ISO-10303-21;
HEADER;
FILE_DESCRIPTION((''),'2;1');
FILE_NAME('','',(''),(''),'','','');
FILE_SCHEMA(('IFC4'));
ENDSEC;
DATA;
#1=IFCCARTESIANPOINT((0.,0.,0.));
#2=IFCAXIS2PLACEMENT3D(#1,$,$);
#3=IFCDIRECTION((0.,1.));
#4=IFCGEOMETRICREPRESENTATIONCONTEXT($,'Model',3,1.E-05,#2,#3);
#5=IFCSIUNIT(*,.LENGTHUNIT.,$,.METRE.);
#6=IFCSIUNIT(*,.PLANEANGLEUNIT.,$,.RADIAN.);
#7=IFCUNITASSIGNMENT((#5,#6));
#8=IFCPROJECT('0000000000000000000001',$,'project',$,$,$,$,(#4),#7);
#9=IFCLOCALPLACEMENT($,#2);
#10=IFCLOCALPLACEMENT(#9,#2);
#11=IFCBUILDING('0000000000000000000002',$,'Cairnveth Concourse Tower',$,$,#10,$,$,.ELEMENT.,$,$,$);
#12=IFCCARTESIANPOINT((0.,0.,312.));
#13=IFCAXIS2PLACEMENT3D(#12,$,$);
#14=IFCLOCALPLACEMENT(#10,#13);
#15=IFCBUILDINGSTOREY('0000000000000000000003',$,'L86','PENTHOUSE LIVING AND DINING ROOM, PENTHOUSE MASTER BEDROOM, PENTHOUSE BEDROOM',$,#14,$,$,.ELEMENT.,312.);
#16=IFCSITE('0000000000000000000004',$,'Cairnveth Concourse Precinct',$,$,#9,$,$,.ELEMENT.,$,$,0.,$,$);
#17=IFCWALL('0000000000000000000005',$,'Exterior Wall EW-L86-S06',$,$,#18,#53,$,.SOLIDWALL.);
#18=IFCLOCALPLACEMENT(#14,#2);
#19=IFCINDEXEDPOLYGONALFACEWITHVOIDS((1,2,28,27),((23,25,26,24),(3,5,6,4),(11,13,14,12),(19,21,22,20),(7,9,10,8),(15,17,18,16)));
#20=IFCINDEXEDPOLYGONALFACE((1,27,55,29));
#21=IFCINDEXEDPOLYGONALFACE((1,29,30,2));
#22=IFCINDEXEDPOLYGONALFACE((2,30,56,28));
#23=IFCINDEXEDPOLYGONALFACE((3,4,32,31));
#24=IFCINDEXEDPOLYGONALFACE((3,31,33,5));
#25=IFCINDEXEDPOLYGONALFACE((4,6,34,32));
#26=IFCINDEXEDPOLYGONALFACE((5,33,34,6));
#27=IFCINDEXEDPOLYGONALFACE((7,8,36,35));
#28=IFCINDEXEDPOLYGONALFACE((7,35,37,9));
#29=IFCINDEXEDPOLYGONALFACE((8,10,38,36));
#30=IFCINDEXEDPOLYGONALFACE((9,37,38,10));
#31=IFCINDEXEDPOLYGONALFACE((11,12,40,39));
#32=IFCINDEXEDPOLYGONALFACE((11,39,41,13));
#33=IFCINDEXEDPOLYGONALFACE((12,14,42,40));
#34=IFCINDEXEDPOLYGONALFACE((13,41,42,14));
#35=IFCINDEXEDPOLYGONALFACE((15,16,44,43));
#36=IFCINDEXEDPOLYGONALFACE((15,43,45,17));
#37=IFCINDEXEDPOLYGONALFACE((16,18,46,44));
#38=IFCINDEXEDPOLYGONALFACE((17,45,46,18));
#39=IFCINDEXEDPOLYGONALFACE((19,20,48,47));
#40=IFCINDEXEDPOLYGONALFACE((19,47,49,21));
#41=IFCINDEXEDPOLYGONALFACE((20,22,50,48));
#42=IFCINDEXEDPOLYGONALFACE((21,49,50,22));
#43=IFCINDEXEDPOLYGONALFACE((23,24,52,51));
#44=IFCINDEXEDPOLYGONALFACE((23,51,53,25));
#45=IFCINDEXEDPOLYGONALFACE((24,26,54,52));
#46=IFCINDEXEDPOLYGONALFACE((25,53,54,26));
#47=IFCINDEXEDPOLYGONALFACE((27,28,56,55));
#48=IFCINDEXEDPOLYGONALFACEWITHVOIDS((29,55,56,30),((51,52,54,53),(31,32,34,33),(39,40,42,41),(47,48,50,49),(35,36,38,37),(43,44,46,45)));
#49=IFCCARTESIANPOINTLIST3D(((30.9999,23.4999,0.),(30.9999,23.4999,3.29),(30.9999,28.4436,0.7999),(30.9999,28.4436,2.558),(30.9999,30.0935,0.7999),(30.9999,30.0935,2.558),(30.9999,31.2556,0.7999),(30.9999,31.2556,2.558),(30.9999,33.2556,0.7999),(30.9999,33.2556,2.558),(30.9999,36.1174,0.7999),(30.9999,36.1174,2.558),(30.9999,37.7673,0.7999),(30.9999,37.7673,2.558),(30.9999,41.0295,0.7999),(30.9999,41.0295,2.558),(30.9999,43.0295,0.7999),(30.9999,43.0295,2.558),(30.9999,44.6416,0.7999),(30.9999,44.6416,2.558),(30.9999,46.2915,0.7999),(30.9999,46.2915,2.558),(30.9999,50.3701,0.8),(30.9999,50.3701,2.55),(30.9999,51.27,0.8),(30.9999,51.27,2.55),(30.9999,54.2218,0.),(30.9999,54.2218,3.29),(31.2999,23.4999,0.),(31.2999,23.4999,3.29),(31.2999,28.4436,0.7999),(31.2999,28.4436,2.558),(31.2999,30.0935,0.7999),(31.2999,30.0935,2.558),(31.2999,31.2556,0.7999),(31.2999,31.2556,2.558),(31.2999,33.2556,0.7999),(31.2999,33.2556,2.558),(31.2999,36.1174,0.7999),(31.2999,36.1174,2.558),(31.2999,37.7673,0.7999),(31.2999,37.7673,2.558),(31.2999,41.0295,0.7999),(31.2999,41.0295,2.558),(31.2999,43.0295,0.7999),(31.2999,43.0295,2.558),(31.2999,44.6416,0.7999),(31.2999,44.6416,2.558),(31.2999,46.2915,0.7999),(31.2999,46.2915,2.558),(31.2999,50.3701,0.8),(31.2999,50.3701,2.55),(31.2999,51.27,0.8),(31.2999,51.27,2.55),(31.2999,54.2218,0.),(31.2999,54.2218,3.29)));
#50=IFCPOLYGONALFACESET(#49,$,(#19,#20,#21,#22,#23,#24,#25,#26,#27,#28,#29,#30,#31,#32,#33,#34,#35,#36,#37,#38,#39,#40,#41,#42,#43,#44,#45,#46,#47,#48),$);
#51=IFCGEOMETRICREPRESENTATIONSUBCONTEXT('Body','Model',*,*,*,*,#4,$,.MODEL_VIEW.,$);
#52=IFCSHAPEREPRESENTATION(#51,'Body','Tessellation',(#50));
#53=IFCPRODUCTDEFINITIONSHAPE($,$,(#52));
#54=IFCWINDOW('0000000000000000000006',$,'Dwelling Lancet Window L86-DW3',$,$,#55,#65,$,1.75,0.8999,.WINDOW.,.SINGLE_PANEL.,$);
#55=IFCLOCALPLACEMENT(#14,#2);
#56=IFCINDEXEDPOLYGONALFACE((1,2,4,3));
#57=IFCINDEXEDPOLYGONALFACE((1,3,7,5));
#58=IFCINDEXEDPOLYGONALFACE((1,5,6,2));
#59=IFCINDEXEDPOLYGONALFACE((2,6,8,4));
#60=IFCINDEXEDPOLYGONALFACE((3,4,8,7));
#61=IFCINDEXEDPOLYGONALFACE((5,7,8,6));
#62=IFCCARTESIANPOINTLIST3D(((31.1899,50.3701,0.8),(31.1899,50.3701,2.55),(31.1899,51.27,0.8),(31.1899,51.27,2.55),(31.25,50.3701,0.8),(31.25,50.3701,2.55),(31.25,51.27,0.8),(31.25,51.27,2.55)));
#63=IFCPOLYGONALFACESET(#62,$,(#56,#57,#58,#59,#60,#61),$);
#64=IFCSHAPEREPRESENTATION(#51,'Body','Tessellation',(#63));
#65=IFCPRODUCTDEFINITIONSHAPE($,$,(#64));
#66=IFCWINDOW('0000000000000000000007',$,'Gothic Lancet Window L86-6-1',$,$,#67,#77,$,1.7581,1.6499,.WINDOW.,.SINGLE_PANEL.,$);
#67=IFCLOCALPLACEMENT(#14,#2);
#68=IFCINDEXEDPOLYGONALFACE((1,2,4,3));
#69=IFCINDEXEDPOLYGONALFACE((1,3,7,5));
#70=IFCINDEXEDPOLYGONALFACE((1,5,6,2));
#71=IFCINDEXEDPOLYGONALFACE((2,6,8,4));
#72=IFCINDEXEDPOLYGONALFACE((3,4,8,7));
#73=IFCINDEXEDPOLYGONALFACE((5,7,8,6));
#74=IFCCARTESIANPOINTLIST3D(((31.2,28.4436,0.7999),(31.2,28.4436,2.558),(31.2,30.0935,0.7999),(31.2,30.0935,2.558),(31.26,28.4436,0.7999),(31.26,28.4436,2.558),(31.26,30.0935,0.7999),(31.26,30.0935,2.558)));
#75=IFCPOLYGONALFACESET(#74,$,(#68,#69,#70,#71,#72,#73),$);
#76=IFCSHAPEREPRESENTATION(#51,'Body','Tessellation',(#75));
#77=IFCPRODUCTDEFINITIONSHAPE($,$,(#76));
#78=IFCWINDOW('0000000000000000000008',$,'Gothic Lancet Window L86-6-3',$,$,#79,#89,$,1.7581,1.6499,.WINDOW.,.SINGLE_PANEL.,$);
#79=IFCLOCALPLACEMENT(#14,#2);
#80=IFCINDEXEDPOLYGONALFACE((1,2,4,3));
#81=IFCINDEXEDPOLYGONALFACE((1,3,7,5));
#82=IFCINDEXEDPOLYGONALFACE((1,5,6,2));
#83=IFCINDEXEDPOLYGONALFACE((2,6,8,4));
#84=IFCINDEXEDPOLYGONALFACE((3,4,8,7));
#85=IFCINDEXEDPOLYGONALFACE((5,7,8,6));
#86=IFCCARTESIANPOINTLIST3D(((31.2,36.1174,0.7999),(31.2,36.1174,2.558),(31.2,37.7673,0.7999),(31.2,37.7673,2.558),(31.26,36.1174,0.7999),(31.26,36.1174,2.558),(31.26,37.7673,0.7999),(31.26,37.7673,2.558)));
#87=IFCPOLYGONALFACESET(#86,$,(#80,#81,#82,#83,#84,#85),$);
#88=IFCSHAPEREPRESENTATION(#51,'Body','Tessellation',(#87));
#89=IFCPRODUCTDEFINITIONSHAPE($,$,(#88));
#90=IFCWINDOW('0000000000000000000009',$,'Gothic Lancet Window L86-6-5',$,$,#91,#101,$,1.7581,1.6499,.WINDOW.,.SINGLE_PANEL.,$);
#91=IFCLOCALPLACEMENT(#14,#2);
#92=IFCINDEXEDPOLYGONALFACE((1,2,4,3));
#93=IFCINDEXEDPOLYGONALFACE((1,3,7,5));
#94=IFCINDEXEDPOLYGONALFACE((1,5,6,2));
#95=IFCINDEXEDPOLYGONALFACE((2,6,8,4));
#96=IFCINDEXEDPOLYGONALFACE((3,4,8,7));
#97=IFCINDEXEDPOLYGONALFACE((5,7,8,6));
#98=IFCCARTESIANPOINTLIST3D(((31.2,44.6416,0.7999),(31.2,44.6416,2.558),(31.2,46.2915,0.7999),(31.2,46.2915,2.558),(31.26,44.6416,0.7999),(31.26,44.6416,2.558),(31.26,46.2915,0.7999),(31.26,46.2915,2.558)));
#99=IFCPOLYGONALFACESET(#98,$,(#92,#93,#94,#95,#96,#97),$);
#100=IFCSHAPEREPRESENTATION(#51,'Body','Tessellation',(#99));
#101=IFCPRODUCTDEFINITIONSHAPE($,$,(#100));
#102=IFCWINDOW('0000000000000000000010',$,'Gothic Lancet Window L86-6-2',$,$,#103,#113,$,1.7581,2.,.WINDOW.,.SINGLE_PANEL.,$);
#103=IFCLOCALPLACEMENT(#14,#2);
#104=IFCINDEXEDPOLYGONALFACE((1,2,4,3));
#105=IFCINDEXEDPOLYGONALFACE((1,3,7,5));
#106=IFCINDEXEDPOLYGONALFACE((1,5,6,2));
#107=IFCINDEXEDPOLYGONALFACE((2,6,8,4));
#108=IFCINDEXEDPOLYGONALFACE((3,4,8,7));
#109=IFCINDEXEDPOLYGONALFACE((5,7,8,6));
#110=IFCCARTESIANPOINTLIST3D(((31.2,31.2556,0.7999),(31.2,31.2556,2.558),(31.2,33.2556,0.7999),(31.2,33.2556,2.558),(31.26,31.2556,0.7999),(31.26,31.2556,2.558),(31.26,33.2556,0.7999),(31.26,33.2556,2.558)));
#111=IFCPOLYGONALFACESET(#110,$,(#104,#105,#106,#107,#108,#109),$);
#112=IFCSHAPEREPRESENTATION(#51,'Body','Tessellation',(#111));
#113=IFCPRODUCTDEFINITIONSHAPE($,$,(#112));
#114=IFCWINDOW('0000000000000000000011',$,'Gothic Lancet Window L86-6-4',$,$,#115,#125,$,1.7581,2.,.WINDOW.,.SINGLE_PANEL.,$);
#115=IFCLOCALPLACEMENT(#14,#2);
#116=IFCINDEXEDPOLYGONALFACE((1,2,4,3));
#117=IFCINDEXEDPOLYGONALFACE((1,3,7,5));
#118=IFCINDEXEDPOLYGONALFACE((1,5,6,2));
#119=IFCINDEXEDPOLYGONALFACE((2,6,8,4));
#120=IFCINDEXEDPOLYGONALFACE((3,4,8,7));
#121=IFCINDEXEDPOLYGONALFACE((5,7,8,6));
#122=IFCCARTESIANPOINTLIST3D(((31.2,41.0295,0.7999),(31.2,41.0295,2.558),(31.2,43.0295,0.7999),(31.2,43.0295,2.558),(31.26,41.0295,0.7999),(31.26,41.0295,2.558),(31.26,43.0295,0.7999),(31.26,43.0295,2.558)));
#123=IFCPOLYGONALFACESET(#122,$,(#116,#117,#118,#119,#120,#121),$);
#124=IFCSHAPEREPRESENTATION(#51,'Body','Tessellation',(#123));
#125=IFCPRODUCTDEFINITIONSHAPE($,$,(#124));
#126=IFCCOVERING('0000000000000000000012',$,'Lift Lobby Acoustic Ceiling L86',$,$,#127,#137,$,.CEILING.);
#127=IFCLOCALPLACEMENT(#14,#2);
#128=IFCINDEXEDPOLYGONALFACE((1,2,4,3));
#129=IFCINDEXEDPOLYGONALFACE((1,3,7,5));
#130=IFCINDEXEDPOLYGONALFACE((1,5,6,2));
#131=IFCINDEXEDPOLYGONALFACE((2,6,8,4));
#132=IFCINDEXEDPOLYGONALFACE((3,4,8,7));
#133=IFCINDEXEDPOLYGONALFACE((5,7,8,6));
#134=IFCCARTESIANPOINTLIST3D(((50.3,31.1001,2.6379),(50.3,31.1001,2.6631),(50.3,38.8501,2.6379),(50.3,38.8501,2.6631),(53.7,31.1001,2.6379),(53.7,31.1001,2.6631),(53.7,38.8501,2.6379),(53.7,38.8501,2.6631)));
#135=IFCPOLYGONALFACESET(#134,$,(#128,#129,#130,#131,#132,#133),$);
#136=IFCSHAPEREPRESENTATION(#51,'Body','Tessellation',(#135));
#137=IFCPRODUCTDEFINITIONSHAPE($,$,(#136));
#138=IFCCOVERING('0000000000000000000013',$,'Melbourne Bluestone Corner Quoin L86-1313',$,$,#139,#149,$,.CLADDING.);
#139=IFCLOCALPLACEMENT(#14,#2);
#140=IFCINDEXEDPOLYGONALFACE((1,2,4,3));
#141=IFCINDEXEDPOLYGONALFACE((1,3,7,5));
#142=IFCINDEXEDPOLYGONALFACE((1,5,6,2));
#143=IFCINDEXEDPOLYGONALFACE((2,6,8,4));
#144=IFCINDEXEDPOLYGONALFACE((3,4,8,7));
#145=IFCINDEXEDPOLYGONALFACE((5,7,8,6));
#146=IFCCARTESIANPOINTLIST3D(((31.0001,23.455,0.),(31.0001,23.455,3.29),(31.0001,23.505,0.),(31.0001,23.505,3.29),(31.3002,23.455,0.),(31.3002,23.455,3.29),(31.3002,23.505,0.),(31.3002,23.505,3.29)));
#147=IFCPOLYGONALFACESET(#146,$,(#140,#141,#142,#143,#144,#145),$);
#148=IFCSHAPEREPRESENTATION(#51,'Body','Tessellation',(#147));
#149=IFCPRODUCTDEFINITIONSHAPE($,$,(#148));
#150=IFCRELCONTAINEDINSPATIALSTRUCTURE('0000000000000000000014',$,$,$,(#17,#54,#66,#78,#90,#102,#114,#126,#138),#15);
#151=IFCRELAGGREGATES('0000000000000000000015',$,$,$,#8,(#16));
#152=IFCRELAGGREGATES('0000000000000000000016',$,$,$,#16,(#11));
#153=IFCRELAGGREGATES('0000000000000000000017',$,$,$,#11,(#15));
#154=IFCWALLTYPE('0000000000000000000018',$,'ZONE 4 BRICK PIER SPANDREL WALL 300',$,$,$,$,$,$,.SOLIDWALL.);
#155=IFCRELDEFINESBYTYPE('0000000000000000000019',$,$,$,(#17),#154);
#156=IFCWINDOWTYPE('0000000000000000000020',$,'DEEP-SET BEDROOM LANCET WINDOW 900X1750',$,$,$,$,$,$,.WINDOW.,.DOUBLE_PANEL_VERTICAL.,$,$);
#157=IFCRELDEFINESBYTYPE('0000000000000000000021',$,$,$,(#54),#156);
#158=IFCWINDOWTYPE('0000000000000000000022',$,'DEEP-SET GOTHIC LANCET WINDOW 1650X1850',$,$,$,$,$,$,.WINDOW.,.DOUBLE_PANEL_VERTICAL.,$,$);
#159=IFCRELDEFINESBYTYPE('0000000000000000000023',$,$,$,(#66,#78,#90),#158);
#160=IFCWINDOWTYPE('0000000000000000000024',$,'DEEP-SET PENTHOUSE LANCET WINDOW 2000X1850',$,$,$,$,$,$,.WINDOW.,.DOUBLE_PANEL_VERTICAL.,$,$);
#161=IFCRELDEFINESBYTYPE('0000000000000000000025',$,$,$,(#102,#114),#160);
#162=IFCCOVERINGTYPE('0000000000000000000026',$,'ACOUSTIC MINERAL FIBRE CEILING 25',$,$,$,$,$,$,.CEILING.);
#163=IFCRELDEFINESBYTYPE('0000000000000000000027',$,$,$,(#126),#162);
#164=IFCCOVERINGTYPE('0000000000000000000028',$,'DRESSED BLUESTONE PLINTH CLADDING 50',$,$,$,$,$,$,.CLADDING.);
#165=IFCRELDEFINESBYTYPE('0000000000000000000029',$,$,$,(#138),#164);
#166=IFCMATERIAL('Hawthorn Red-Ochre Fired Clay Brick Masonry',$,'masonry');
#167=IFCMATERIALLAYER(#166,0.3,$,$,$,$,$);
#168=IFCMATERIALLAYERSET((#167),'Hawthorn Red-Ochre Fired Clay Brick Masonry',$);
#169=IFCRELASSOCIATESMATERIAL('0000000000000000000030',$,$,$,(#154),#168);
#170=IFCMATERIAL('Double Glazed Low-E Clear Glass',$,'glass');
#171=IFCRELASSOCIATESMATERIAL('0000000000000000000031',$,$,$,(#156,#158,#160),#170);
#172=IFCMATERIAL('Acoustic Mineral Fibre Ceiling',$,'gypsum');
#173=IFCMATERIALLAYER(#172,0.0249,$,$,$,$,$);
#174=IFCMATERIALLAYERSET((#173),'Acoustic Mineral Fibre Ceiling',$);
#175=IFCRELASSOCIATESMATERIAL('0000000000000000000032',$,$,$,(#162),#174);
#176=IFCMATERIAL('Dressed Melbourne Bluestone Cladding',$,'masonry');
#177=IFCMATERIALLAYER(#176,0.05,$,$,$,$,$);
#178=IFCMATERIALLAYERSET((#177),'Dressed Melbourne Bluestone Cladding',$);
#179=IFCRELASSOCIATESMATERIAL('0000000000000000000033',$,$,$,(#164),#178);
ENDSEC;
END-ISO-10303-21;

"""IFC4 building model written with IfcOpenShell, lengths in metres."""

from ifc_helpers import new_model, si_unit, direction, frame, frame_2d, origin, place, context, subcontext, project, spatial, polyline, rectangle, outline, extrude, material, layer, layer_set, type_object, element, fill, save


model = new_model("IFC4")

# Units and contexts
model_context = context("Model", 3, precision=1e-05, world=origin(), true_north=direction((0.0, 1.0)))
body_context = subcontext(model_context, "Body", "Model", "MODEL_VIEW")
ifc_project = project(units=[si_unit("LENGTHUNIT", "METRE"), si_unit("PLANEANGLEUNIT", "RADIAN")], contexts=[model_context])

# Site, building, storey
site_placement = place(None, origin())
site = spatial("IfcSite", under=ifc_project, at=site_placement, Name="Cairnveth Concourse Precinct", CompositionType="ELEMENT", RefElevation=0.0)
building_placement = place(site_placement, origin())
building = spatial("IfcBuilding", under=site, at=building_placement, Name="Cairnveth Concourse Tower", CompositionType="ELEMENT")
storey_placement = place(building_placement, frame((0.0, 0.0, 312.0)))
storey = spatial("IfcBuildingStorey", under=building, at=storey_placement, Name="L86", Description="PENTHOUSE LIVING AND DINING ROOM, PENTHOUSE MASTER BEDROOM, PENTHOUSE BEDROOM", CompositionType="ELEMENT", Elevation=312.0)

# Wall, openings, windows
ifc_material_1 = material(Name="Hawthorn Red-Ochre Fired Clay Brick Masonry", Category="masonry")
ifc_layer_1 = layer(ifc_material_1, 0.3)
ifc_layer_set_1 = layer_set([ifc_layer_1], Name="Hawthorn Red-Ochre Fired Clay Brick Masonry")
wall_type_1 = type_object("IfcWallType", Name="ZONE 4 BRICK PIER SPANDREL WALL 300", PredefinedType="SOLIDWALL", material=ifc_layer_set_1)
wall_1_placement = place(storey_placement, frame((31.1499, 23.5, 0.0), z_axis=(0.0, 0.0, 1.0), x_axis=(0.0, 1.0, 0.0)))
wall_1 = element("IfcWall", 1, at=wall_1_placement, inside=storey, type_object=wall_type_1, Name="Exterior Wall EW-L86-S06", PredefinedType="SOLIDWALL", context=body_context, shape_type="SweptSolid", body=[
    extrude(rectangle(XDim=30.7219, YDim=0.3, at=frame_2d((15.3608, 0.0))), origin(), (0.0, 0.0, 1.0), 3.29),
])
opening_1_placement = place(wall_1_placement, frame((4.9436, 0.0, 0.8)))
opening_1 = element("IfcOpeningElement", 2, at=opening_1_placement, cuts=wall_1, PredefinedType="OPENING", context=body_context, shape_type="SweptSolid", body=[
    extrude(rectangle(XDim=1.6499, YDim=1.7581, at=frame_2d((0.825, 0.8789))), frame((0.0, 0.1599, 0.0), z_axis=(0.0, -1.0, 0.0), x_axis=(1.0, 0.0, 0.0)), (0.0, 0.0, 1.0), 0.3201),
])
opening_2_placement = place(wall_1_placement, frame((7.7556, 0.0, 0.8)))
opening_2 = element("IfcOpeningElement", 3, at=opening_2_placement, cuts=wall_1, PredefinedType="OPENING", context=body_context, shape_type="SweptSolid", body=[
    extrude(rectangle(XDim=2.0, YDim=1.7581, at=frame_2d((1.0, 0.8789))), frame((0.0, 0.1599, 0.0), z_axis=(0.0, -1.0, 0.0), x_axis=(1.0, 0.0, 0.0)), (0.0, 0.0, 1.0), 0.3201),
])
opening_3_placement = place(wall_1_placement, frame((12.6174, 0.0, 0.8)))
opening_3 = element("IfcOpeningElement", 4, at=opening_3_placement, cuts=wall_1, PredefinedType="OPENING", context=body_context, shape_type="SweptSolid", body=[
    extrude(rectangle(XDim=1.6499, YDim=1.7581, at=frame_2d((0.825, 0.8789))), frame((0.0, 0.1599, 0.0), z_axis=(0.0, -1.0, 0.0), x_axis=(1.0, 0.0, 0.0)), (0.0, 0.0, 1.0), 0.3201),
])
opening_4_placement = place(wall_1_placement, frame((17.5295, 0.0, 0.8)))
opening_4 = element("IfcOpeningElement", 5, at=opening_4_placement, cuts=wall_1, PredefinedType="OPENING", context=body_context, shape_type="SweptSolid", body=[
    extrude(rectangle(XDim=2.0, YDim=1.7581, at=frame_2d((1.0, 0.8789))), frame((0.0, 0.1599, 0.0), z_axis=(0.0, -1.0, 0.0), x_axis=(1.0, 0.0, 0.0)), (0.0, 0.0, 1.0), 0.3201),
])
opening_5_placement = place(wall_1_placement, frame((21.1416, 0.0, 0.8)))
opening_5 = element("IfcOpeningElement", 6, at=opening_5_placement, cuts=wall_1, PredefinedType="OPENING", context=body_context, shape_type="SweptSolid", body=[
    extrude(rectangle(XDim=1.6499, YDim=1.7581, at=frame_2d((0.825, 0.8789))), frame((0.0, 0.1599, 0.0), z_axis=(0.0, -1.0, 0.0), x_axis=(1.0, 0.0, 0.0)), (0.0, 0.0, 1.0), 0.3201),
])
opening_6_placement = place(wall_1_placement, frame((26.8701, 0.0, 0.8)))
opening_6 = element("IfcOpeningElement", 7, at=opening_6_placement, cuts=wall_1, PredefinedType="OPENING", context=body_context, shape_type="SweptSolid", body=[
    extrude(rectangle(XDim=0.8999, YDim=1.75, at=frame_2d((0.45, 0.875))), frame((0.0, 0.1599, 0.0), z_axis=(0.0, -1.0, 0.0), x_axis=(1.0, 0.0, 0.0)), (0.0, 0.0, 1.0), 0.3201),
])
ifc_material_2 = material(Name="Double Glazed Low-E Clear Glass", Category="glass")
window_type_1 = type_object("IfcWindowType", Name="DEEP-SET BEDROOM LANCET WINDOW 900X1750", PartitioningType="DOUBLE_PANEL_VERTICAL", PredefinedType="WINDOW", material=ifc_material_2)
window_1_placement = place(opening_6_placement, origin())
window_1 = element("IfcWindow", 8, at=window_1_placement, inside=storey, type_object=window_type_1, Name="Dwelling Lancet Window L86-DW3", OverallHeight=1.75, OverallWidth=0.8999, PartitioningType="SINGLE_PANEL", PredefinedType="WINDOW", context=body_context, shape_type="SweptSolid", body=[
    extrude(rectangle(XDim=0.8999, YDim=1.75, at=frame_2d((0.45, 0.875))), frame((0.0, -0.04, 0.0), z_axis=(0.0, -1.0, 0.0), x_axis=(1.0, 0.0, 0.0)), (0.0, 0.0, 1.0), 0.0601),
])
fill(opening_6, window_1)
window_type_2 = type_object("IfcWindowType", Name="DEEP-SET GOTHIC LANCET WINDOW 1650X1850", PartitioningType="DOUBLE_PANEL_VERTICAL", PredefinedType="WINDOW", material=ifc_material_2)
window_2_placement = place(opening_1_placement, origin())
window_2 = element("IfcWindow", 9, at=window_2_placement, inside=storey, type_object=window_type_2, Name="Gothic Lancet Window L86-6-1", OverallHeight=1.7581, OverallWidth=1.6499, PartitioningType="SINGLE_PANEL", PredefinedType="WINDOW", context=body_context, shape_type="SweptSolid", body=[
    extrude(rectangle(XDim=1.6499, YDim=1.7581, at=frame_2d((0.825, 0.8789))), frame((0.0, -0.05, 0.0), z_axis=(0.0, -1.0, 0.0), x_axis=(1.0, 0.0, 0.0)), (0.0, 0.0, 1.0), 0.0601),
])
fill(opening_1, window_2)
window_3_placement = place(opening_3_placement, origin())
window_3 = element("IfcWindow", 10, at=window_3_placement, inside=storey, type_object=window_type_2, Name="Gothic Lancet Window L86-6-3", OverallHeight=1.7581, OverallWidth=1.6499, PartitioningType="SINGLE_PANEL", PredefinedType="WINDOW", context=body_context, shape_type="SweptSolid", body=[
    extrude(rectangle(XDim=1.6499, YDim=1.7581, at=frame_2d((0.825, 0.8789))), frame((0.0, -0.05, 0.0), z_axis=(0.0, -1.0, 0.0), x_axis=(1.0, 0.0, 0.0)), (0.0, 0.0, 1.0), 0.0601),
])
fill(opening_3, window_3)
window_4_placement = place(opening_5_placement, origin())
window_4 = element("IfcWindow", 11, at=window_4_placement, inside=storey, type_object=window_type_2, Name="Gothic Lancet Window L86-6-5", OverallHeight=1.7581, OverallWidth=1.6499, PartitioningType="SINGLE_PANEL", PredefinedType="WINDOW", context=body_context, shape_type="SweptSolid", body=[
    extrude(rectangle(XDim=1.6499, YDim=1.7581, at=frame_2d((0.825, 0.8789))), frame((0.0, -0.05, 0.0), z_axis=(0.0, -1.0, 0.0), x_axis=(1.0, 0.0, 0.0)), (0.0, 0.0, 1.0), 0.0601),
])
fill(opening_5, window_4)
window_type_3 = type_object("IfcWindowType", Name="DEEP-SET PENTHOUSE LANCET WINDOW 2000X1850", PartitioningType="DOUBLE_PANEL_VERTICAL", PredefinedType="WINDOW", material=ifc_material_2)
window_5_placement = place(opening_2_placement, origin())
window_5 = element("IfcWindow", 12, at=window_5_placement, inside=storey, type_object=window_type_3, Name="Gothic Lancet Window L86-6-2", OverallHeight=1.7581, OverallWidth=2.0, PartitioningType="SINGLE_PANEL", PredefinedType="WINDOW", context=body_context, shape_type="SweptSolid", body=[
    extrude(rectangle(XDim=2.0, YDim=1.7581, at=frame_2d((1.0, 0.8789))), frame((0.0, -0.05, 0.0), z_axis=(0.0, -1.0, 0.0), x_axis=(1.0, 0.0, 0.0)), (0.0, 0.0, 1.0), 0.0601),
])
fill(opening_2, window_5)
window_6_placement = place(opening_4_placement, origin())
window_6 = element("IfcWindow", 13, at=window_6_placement, inside=storey, type_object=window_type_3, Name="Gothic Lancet Window L86-6-4", OverallHeight=1.7581, OverallWidth=2.0, PartitioningType="SINGLE_PANEL", PredefinedType="WINDOW", context=body_context, shape_type="SweptSolid", body=[
    extrude(rectangle(XDim=2.0, YDim=1.7581, at=frame_2d((1.0, 0.8789))), frame((0.0, -0.05, 0.0), z_axis=(0.0, -1.0, 0.0), x_axis=(1.0, 0.0, 0.0)), (0.0, 0.0, 1.0), 0.0601),
])
fill(opening_4, window_6)

# Coverings
ifc_material_3 = material(Name="Acoustic Mineral Fibre Ceiling", Category="gypsum")
ifc_layer_2 = layer(ifc_material_3, 0.0249)
ifc_layer_set_2 = layer_set([ifc_layer_2], Name="Acoustic Mineral Fibre Ceiling")
covering_type_1 = type_object("IfcCoveringType", Name="ACOUSTIC MINERAL FIBRE CEILING 25", PredefinedType="CEILING", material=ifc_layer_set_2)
covering_1_placement = place(storey_placement, frame((0.0, 0.0, 2.6379)))
element("IfcCovering", 14, at=covering_1_placement, inside=storey, type_object=covering_type_1, Name="Lift Lobby Acoustic Ceiling L86", PredefinedType="CEILING", context=body_context, shape_type="SweptSolid", body=[
    extrude(outline(polyline([(50.3, 31.1001), (53.7, 31.1001), (53.7, 38.8501), (50.3, 38.8501), (50.3, 31.1001)])), origin(), (0.0, 0.0, 1.0), 0.0251),
])
ifc_material_4 = material(Name="Dressed Melbourne Bluestone Cladding", Category="masonry")
ifc_layer_3 = layer(ifc_material_4, 0.05)
ifc_layer_set_3 = layer_set([ifc_layer_3], Name="Dressed Melbourne Bluestone Cladding")
covering_type_2 = type_object("IfcCoveringType", Name="DRESSED BLUESTONE PLINTH CLADDING 50", PredefinedType="CLADDING", material=ifc_layer_set_3)
covering_2_placement = place(storey_placement, frame((31.3, 23.48, 0.0), z_axis=(0.0, 0.0, 1.0), x_axis=(-1.0, 0.0, 0.0)))
element("IfcCovering", 15, at=covering_2_placement, inside=storey, type_object=covering_type_2, Name="Melbourne Bluestone Corner Quoin L86-1313", PredefinedType="CLADDING", context=body_context, shape_type="SweptSolid", body=[
    extrude(rectangle(XDim=0.3, YDim=0.05, at=frame_2d((0.1499, 0.0))), origin(), (0.0, 0.0, 1.0), 3.29),
])

save(model, "model.ifc")
